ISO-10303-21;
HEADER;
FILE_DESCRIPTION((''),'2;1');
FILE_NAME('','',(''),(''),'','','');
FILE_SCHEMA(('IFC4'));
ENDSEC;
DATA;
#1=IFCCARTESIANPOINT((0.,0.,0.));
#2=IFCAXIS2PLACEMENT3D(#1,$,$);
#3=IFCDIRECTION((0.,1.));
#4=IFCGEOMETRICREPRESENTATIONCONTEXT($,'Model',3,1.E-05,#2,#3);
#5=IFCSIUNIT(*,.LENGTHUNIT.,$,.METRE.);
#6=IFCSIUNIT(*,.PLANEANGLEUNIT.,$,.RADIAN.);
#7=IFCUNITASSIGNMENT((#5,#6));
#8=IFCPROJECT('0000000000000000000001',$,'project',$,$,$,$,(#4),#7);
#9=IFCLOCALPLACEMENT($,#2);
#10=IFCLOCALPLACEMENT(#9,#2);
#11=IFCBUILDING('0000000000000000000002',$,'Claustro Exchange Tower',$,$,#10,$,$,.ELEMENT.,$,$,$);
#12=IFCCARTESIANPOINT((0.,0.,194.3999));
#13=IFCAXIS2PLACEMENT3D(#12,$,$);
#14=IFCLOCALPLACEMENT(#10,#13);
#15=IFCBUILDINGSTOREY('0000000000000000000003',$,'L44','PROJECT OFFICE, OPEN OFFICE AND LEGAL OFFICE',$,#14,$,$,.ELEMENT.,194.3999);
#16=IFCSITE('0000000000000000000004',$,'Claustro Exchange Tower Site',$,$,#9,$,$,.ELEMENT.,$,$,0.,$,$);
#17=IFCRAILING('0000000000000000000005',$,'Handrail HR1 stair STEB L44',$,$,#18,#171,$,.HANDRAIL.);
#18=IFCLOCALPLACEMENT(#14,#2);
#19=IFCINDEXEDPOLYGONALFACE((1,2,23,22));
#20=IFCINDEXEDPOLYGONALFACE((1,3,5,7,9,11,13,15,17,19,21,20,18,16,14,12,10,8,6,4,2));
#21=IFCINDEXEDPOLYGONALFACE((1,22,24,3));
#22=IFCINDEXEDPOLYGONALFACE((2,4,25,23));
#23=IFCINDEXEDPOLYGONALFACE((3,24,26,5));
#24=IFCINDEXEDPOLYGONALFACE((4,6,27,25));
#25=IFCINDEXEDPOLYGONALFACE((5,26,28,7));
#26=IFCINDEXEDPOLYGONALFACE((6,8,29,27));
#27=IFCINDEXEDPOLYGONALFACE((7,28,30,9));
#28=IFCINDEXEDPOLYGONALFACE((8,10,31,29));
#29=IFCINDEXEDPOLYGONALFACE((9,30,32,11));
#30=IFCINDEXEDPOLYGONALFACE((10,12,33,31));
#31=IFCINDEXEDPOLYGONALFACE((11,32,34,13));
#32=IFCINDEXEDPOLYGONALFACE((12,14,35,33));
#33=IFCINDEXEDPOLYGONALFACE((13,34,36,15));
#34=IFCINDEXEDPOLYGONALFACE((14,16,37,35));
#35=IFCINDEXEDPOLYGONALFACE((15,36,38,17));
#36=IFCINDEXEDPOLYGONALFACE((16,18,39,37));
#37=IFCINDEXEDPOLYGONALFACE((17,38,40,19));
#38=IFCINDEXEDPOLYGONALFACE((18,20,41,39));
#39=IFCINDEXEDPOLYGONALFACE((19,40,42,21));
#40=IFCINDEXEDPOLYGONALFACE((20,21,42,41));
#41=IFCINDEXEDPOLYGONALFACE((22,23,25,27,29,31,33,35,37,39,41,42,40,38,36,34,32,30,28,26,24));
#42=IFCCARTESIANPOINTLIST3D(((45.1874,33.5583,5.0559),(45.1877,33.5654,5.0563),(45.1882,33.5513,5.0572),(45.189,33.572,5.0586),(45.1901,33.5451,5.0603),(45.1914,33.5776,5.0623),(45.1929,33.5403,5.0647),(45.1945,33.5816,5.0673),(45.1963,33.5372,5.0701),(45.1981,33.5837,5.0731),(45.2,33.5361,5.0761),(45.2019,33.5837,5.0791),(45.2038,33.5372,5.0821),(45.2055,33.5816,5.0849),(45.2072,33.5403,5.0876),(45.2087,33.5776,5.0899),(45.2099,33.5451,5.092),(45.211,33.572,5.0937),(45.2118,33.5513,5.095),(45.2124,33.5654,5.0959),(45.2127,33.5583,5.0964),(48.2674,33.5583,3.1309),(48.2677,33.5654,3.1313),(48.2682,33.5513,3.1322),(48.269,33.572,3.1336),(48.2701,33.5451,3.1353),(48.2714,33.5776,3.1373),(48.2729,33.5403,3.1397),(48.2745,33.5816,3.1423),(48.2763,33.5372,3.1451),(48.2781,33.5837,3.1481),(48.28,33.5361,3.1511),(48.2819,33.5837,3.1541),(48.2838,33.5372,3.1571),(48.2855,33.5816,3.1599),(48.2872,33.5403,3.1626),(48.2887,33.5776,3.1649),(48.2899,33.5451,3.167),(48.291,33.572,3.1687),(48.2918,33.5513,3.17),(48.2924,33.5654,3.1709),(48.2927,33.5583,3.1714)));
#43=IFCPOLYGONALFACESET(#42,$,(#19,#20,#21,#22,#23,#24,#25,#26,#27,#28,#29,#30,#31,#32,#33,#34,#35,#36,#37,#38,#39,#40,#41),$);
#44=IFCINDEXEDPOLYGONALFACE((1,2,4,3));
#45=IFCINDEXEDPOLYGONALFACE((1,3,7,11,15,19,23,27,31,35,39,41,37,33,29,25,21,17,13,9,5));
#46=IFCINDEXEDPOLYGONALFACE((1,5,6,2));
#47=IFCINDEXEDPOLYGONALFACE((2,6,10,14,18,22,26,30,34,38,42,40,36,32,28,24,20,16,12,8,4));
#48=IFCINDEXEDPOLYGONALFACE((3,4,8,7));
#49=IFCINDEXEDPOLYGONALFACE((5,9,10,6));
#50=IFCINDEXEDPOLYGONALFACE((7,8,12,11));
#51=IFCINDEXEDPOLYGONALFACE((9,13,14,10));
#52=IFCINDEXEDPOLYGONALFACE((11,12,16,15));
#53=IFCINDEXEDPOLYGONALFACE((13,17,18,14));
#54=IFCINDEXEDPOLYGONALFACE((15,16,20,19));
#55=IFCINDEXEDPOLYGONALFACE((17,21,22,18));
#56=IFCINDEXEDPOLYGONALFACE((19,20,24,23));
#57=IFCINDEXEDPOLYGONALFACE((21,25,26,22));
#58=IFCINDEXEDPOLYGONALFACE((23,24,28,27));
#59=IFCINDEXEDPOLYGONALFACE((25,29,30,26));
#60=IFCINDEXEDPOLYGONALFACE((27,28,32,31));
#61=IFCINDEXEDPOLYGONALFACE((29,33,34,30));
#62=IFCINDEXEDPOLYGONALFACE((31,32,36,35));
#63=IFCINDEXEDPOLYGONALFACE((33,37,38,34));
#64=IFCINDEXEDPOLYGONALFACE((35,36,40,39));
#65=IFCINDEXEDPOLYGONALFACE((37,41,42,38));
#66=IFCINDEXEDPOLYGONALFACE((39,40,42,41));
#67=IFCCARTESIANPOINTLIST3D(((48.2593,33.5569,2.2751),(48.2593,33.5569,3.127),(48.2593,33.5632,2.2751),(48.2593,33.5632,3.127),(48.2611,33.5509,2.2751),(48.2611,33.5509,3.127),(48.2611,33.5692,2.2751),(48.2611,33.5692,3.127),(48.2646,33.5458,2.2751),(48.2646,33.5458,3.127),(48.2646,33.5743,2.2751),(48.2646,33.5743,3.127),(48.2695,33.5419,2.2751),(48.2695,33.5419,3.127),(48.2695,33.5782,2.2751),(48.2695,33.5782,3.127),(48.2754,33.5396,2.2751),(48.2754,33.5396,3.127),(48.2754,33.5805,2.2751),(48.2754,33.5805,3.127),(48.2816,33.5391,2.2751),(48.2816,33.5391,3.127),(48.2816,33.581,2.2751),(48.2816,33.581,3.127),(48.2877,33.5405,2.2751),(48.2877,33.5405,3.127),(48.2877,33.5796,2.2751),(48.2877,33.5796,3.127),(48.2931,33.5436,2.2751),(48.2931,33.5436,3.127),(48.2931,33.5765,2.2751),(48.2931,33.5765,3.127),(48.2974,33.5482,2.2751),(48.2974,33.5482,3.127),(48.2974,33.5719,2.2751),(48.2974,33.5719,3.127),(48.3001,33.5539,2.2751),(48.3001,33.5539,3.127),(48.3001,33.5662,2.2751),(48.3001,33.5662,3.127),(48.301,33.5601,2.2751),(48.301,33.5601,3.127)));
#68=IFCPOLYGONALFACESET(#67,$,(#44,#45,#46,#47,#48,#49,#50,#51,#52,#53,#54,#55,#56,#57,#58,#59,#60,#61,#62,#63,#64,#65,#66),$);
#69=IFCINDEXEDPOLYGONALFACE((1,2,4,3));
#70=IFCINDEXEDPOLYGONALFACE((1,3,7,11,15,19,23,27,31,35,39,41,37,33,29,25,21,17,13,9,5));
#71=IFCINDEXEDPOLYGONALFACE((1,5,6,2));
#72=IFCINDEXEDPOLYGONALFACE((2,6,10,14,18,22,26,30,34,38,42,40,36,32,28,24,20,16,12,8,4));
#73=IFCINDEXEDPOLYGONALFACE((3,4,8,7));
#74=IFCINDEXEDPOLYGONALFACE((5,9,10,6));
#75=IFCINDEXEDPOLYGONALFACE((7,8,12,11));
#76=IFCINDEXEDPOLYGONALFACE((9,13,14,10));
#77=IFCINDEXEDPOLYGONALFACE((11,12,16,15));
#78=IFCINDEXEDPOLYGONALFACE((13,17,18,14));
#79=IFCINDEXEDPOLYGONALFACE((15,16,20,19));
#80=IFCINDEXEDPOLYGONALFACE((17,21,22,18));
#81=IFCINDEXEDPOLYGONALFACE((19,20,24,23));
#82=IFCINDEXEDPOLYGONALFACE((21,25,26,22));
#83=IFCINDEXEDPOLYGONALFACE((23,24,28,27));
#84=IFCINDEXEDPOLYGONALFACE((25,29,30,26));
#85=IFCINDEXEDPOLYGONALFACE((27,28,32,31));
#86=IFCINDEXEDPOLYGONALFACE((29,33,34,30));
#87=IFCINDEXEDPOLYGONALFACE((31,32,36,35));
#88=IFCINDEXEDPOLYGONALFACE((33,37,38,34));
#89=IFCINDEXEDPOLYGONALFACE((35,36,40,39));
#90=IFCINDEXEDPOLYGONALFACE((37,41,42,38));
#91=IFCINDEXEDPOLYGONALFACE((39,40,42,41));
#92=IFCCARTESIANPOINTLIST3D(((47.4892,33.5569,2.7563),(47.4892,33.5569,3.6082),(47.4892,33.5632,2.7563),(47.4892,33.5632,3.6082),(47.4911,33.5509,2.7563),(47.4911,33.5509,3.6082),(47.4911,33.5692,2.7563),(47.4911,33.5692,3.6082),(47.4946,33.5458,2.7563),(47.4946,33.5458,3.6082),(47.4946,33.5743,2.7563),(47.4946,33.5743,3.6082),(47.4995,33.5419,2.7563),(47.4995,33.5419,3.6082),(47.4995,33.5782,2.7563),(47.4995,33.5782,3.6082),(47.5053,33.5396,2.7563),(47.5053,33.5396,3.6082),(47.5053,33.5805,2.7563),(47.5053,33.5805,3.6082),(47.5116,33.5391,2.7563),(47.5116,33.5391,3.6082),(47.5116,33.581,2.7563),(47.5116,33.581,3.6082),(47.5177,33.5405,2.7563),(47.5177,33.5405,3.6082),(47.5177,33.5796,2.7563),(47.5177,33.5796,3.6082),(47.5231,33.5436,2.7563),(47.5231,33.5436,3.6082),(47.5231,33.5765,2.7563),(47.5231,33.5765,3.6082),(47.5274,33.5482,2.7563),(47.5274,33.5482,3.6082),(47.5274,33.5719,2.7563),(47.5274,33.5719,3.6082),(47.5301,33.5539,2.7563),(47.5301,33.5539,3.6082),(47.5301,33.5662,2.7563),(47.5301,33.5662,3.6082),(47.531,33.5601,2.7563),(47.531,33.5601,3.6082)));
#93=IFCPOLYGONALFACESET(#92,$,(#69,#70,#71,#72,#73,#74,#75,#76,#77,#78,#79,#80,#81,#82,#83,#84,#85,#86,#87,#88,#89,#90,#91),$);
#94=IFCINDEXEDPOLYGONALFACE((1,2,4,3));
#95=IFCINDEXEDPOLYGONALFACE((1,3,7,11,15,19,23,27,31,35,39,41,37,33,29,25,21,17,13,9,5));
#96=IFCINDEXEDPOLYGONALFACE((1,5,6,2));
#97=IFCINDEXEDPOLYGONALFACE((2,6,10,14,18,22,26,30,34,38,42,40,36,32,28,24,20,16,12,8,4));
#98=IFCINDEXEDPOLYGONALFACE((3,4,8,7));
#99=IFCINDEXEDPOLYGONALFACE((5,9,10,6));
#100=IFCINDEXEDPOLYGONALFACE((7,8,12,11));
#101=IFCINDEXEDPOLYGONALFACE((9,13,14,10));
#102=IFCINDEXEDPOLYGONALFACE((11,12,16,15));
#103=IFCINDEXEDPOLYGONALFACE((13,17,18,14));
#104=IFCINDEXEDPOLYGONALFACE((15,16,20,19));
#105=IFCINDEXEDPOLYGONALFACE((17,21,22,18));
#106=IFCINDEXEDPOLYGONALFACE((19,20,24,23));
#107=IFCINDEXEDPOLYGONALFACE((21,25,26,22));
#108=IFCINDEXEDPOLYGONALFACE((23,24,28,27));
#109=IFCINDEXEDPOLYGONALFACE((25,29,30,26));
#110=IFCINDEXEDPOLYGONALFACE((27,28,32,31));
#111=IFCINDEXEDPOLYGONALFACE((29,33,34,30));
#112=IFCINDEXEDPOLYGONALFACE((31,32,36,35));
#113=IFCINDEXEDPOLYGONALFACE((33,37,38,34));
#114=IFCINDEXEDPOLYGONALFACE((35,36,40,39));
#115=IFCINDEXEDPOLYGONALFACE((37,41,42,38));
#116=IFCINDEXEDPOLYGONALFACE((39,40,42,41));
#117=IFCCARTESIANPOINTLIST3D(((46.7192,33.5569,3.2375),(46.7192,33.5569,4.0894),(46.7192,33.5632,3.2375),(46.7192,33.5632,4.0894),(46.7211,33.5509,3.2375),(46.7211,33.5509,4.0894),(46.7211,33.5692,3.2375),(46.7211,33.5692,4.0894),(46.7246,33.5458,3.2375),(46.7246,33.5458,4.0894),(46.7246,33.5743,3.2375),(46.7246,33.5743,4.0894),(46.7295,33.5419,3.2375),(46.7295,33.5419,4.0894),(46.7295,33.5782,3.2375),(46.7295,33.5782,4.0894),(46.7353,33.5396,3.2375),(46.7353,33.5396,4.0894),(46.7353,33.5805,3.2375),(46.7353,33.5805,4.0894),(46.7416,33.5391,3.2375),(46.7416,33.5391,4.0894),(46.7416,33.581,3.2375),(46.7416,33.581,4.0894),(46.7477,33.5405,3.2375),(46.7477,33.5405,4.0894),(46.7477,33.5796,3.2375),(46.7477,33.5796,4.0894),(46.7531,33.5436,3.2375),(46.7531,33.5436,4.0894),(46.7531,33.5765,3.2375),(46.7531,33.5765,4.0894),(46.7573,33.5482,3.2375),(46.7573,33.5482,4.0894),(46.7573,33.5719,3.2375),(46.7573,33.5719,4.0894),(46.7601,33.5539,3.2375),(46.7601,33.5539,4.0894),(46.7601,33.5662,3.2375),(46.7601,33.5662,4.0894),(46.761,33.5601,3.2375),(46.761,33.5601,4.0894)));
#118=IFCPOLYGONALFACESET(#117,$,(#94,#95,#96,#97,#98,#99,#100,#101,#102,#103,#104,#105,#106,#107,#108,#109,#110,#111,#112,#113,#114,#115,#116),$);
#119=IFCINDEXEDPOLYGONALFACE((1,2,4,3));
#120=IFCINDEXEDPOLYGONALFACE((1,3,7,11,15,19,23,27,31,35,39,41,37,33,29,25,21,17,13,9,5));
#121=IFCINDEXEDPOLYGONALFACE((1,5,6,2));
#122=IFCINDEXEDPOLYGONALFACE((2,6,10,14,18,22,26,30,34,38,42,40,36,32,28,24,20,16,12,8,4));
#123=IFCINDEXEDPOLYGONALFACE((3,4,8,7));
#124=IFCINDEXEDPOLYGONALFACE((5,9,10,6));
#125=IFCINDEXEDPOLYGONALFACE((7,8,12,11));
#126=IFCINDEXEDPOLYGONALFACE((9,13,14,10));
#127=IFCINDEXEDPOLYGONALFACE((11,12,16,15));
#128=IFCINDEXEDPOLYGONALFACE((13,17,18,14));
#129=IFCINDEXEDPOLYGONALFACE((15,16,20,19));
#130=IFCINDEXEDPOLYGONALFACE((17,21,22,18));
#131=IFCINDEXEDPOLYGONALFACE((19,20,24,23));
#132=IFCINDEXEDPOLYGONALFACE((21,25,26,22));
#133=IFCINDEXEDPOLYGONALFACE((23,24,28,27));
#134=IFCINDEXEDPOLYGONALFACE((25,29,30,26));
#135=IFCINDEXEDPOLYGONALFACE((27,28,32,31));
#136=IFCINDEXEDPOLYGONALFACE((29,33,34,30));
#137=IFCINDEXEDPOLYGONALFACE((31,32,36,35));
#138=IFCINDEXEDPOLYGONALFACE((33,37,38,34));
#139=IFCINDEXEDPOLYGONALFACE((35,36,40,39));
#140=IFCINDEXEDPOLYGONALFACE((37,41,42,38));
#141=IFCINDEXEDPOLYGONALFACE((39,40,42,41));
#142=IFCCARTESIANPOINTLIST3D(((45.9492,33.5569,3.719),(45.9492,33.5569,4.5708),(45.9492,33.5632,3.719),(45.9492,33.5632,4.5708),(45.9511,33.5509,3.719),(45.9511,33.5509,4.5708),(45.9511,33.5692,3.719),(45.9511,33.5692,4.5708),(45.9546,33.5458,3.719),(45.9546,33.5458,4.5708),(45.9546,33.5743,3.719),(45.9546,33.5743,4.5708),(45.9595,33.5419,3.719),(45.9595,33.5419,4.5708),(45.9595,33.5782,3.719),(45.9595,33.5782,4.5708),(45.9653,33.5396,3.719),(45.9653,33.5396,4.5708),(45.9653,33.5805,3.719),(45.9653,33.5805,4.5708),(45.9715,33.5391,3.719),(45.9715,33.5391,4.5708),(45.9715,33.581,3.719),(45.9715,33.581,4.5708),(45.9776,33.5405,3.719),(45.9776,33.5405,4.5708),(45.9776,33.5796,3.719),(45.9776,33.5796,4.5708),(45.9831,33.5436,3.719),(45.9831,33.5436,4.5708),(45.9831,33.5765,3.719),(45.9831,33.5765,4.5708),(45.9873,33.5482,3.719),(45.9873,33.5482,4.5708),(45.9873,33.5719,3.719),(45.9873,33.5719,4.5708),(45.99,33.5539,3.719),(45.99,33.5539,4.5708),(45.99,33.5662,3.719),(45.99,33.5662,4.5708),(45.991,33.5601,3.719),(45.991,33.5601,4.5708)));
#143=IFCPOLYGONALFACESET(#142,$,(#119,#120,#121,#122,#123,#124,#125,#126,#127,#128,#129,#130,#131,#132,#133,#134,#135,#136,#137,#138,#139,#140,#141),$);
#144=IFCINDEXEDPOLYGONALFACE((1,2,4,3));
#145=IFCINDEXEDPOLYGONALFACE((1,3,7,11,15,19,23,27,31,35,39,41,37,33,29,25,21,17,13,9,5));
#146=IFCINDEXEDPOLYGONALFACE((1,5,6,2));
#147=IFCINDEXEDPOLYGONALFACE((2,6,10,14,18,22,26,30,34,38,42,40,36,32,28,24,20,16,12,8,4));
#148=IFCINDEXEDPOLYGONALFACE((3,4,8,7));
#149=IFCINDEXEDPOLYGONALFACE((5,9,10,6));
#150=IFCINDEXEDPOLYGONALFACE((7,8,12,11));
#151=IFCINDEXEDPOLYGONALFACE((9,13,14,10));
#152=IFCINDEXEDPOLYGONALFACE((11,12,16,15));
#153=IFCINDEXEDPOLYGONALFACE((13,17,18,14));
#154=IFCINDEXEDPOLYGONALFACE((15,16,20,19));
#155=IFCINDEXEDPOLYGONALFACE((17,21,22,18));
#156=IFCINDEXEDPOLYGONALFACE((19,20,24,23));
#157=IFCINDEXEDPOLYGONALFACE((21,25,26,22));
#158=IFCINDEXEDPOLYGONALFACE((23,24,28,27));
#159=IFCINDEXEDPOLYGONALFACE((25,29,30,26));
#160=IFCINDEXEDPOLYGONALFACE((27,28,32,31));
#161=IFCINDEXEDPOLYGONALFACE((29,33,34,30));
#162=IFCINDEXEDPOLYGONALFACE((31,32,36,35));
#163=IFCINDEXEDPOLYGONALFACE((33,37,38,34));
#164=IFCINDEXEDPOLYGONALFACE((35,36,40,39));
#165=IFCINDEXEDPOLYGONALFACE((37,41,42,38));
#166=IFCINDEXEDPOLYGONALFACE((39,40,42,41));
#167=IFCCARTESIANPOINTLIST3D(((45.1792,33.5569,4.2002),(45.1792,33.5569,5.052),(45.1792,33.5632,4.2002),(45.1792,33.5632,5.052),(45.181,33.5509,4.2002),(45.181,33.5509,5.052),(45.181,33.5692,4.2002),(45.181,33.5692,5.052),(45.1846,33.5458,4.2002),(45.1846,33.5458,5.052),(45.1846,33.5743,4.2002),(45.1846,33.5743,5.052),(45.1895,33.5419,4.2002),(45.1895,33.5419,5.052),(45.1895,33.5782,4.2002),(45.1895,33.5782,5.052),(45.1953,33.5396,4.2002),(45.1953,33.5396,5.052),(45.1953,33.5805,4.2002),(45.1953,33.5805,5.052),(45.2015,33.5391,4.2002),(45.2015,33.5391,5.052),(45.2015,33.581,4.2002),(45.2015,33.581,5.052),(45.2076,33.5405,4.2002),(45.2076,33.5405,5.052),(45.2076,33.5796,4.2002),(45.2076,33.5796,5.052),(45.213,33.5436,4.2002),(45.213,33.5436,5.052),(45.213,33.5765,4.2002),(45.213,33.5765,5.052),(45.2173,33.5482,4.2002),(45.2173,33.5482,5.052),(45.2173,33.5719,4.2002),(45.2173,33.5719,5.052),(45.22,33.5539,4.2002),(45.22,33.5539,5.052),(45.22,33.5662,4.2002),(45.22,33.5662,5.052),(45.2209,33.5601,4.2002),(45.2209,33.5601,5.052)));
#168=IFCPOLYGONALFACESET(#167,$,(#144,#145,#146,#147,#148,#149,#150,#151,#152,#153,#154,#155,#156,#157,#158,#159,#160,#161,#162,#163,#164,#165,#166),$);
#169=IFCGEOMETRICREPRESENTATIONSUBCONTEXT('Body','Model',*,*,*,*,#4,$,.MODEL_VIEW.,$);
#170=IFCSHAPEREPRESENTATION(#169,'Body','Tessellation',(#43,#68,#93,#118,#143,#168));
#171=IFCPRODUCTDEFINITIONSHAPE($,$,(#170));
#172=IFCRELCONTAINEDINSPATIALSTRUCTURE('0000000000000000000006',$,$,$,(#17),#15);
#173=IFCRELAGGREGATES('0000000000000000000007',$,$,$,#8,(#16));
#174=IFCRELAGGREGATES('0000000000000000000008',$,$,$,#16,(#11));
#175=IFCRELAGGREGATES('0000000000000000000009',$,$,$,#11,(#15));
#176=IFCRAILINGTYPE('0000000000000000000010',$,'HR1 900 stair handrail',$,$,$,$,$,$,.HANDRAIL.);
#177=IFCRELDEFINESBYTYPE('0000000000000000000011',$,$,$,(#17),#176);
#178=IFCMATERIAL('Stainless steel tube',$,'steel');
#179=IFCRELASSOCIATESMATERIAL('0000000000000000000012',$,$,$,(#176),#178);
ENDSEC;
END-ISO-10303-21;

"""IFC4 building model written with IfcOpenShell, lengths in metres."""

from ifc_helpers import new_model, si_unit, direction, frame, origin, origin_2d, place, context, subcontext, project, spatial, circle, extrude, material, type_object, element, save


model = new_model("IFC4")

# Units and contexts
model_context = context("Model", 3, precision=1e-05, world=origin(), true_north=direction((0.0, 1.0)))
body_context = subcontext(model_context, "Body", "Model", "MODEL_VIEW")
ifc_project = project(units=[si_unit("LENGTHUNIT", "METRE"), si_unit("PLANEANGLEUNIT", "RADIAN")], contexts=[model_context])

# Site, building, storey
site_placement = place(None, origin())
site = spatial("IfcSite", under=ifc_project, at=site_placement, Name="Claustro Exchange Tower Site", CompositionType="ELEMENT", RefElevation=0.0)
building_placement = place(site_placement, origin())
building = spatial("IfcBuilding", under=site, at=building_placement, Name="Claustro Exchange Tower", CompositionType="ELEMENT")
storey_placement = place(building_placement, frame((0.0, 0.0, 194.3999)))
storey = spatial("IfcBuildingStorey", under=building, at=storey_placement, Name="L44", Description="PROJECT OFFICE, OPEN OFFICE AND LEGAL OFFICE", CompositionType="ELEMENT", Elevation=194.3999)

# Railing
ifc_material_1 = material(Name="Stainless steel tube", Category="steel")
railing_type_1 = type_object("IfcRailingType", Name="HR1 900 stair handrail", PredefinedType="HANDRAIL", material=ifc_material_1)
railing_1_placement = place(storey_placement, frame((48.28, 33.5601, 2.2751)))
element("IfcRailing", 1, at=railing_1_placement, inside=storey, type_object=railing_type_1, Name="Handrail HR1 stair STEB L44", PredefinedType="HANDRAIL", context=body_context, shape_type="SweptSolid", body=[
    extrude(circle(Radius=0.0239, at=origin_2d()), frame((0.0, 0.0, 0.876), z_axis=(-0.847998, 0.0, 0.529999), x_axis=(0.0, -1.0, 0.0)), (0.0, 0.0, 1.0), 3.6321),
    extrude(circle(Radius=0.021, at=origin_2d()), origin(), (0.0, 0.0, 1.0), 0.8518),
    extrude(circle(Radius=0.021, at=origin_2d()), frame((-0.77, 0.0, 0.4812)), (0.0, 0.0, 1.0), 0.8518),
    extrude(circle(Radius=0.021, at=origin_2d()), frame((-1.54, 0.0, 0.9624)), (0.0, 0.0, 1.0), 0.8518),
    extrude(circle(Radius=0.021, at=origin_2d()), frame((-2.3101, 0.0, 1.4438)), (0.0, 0.0, 1.0), 0.8518),
    extrude(circle(Radius=0.021, at=origin_2d()), frame((-3.0801, 0.0, 1.925)), (0.0, 0.0, 1.0), 0.8518),
])

save(model, "model.ifc")
